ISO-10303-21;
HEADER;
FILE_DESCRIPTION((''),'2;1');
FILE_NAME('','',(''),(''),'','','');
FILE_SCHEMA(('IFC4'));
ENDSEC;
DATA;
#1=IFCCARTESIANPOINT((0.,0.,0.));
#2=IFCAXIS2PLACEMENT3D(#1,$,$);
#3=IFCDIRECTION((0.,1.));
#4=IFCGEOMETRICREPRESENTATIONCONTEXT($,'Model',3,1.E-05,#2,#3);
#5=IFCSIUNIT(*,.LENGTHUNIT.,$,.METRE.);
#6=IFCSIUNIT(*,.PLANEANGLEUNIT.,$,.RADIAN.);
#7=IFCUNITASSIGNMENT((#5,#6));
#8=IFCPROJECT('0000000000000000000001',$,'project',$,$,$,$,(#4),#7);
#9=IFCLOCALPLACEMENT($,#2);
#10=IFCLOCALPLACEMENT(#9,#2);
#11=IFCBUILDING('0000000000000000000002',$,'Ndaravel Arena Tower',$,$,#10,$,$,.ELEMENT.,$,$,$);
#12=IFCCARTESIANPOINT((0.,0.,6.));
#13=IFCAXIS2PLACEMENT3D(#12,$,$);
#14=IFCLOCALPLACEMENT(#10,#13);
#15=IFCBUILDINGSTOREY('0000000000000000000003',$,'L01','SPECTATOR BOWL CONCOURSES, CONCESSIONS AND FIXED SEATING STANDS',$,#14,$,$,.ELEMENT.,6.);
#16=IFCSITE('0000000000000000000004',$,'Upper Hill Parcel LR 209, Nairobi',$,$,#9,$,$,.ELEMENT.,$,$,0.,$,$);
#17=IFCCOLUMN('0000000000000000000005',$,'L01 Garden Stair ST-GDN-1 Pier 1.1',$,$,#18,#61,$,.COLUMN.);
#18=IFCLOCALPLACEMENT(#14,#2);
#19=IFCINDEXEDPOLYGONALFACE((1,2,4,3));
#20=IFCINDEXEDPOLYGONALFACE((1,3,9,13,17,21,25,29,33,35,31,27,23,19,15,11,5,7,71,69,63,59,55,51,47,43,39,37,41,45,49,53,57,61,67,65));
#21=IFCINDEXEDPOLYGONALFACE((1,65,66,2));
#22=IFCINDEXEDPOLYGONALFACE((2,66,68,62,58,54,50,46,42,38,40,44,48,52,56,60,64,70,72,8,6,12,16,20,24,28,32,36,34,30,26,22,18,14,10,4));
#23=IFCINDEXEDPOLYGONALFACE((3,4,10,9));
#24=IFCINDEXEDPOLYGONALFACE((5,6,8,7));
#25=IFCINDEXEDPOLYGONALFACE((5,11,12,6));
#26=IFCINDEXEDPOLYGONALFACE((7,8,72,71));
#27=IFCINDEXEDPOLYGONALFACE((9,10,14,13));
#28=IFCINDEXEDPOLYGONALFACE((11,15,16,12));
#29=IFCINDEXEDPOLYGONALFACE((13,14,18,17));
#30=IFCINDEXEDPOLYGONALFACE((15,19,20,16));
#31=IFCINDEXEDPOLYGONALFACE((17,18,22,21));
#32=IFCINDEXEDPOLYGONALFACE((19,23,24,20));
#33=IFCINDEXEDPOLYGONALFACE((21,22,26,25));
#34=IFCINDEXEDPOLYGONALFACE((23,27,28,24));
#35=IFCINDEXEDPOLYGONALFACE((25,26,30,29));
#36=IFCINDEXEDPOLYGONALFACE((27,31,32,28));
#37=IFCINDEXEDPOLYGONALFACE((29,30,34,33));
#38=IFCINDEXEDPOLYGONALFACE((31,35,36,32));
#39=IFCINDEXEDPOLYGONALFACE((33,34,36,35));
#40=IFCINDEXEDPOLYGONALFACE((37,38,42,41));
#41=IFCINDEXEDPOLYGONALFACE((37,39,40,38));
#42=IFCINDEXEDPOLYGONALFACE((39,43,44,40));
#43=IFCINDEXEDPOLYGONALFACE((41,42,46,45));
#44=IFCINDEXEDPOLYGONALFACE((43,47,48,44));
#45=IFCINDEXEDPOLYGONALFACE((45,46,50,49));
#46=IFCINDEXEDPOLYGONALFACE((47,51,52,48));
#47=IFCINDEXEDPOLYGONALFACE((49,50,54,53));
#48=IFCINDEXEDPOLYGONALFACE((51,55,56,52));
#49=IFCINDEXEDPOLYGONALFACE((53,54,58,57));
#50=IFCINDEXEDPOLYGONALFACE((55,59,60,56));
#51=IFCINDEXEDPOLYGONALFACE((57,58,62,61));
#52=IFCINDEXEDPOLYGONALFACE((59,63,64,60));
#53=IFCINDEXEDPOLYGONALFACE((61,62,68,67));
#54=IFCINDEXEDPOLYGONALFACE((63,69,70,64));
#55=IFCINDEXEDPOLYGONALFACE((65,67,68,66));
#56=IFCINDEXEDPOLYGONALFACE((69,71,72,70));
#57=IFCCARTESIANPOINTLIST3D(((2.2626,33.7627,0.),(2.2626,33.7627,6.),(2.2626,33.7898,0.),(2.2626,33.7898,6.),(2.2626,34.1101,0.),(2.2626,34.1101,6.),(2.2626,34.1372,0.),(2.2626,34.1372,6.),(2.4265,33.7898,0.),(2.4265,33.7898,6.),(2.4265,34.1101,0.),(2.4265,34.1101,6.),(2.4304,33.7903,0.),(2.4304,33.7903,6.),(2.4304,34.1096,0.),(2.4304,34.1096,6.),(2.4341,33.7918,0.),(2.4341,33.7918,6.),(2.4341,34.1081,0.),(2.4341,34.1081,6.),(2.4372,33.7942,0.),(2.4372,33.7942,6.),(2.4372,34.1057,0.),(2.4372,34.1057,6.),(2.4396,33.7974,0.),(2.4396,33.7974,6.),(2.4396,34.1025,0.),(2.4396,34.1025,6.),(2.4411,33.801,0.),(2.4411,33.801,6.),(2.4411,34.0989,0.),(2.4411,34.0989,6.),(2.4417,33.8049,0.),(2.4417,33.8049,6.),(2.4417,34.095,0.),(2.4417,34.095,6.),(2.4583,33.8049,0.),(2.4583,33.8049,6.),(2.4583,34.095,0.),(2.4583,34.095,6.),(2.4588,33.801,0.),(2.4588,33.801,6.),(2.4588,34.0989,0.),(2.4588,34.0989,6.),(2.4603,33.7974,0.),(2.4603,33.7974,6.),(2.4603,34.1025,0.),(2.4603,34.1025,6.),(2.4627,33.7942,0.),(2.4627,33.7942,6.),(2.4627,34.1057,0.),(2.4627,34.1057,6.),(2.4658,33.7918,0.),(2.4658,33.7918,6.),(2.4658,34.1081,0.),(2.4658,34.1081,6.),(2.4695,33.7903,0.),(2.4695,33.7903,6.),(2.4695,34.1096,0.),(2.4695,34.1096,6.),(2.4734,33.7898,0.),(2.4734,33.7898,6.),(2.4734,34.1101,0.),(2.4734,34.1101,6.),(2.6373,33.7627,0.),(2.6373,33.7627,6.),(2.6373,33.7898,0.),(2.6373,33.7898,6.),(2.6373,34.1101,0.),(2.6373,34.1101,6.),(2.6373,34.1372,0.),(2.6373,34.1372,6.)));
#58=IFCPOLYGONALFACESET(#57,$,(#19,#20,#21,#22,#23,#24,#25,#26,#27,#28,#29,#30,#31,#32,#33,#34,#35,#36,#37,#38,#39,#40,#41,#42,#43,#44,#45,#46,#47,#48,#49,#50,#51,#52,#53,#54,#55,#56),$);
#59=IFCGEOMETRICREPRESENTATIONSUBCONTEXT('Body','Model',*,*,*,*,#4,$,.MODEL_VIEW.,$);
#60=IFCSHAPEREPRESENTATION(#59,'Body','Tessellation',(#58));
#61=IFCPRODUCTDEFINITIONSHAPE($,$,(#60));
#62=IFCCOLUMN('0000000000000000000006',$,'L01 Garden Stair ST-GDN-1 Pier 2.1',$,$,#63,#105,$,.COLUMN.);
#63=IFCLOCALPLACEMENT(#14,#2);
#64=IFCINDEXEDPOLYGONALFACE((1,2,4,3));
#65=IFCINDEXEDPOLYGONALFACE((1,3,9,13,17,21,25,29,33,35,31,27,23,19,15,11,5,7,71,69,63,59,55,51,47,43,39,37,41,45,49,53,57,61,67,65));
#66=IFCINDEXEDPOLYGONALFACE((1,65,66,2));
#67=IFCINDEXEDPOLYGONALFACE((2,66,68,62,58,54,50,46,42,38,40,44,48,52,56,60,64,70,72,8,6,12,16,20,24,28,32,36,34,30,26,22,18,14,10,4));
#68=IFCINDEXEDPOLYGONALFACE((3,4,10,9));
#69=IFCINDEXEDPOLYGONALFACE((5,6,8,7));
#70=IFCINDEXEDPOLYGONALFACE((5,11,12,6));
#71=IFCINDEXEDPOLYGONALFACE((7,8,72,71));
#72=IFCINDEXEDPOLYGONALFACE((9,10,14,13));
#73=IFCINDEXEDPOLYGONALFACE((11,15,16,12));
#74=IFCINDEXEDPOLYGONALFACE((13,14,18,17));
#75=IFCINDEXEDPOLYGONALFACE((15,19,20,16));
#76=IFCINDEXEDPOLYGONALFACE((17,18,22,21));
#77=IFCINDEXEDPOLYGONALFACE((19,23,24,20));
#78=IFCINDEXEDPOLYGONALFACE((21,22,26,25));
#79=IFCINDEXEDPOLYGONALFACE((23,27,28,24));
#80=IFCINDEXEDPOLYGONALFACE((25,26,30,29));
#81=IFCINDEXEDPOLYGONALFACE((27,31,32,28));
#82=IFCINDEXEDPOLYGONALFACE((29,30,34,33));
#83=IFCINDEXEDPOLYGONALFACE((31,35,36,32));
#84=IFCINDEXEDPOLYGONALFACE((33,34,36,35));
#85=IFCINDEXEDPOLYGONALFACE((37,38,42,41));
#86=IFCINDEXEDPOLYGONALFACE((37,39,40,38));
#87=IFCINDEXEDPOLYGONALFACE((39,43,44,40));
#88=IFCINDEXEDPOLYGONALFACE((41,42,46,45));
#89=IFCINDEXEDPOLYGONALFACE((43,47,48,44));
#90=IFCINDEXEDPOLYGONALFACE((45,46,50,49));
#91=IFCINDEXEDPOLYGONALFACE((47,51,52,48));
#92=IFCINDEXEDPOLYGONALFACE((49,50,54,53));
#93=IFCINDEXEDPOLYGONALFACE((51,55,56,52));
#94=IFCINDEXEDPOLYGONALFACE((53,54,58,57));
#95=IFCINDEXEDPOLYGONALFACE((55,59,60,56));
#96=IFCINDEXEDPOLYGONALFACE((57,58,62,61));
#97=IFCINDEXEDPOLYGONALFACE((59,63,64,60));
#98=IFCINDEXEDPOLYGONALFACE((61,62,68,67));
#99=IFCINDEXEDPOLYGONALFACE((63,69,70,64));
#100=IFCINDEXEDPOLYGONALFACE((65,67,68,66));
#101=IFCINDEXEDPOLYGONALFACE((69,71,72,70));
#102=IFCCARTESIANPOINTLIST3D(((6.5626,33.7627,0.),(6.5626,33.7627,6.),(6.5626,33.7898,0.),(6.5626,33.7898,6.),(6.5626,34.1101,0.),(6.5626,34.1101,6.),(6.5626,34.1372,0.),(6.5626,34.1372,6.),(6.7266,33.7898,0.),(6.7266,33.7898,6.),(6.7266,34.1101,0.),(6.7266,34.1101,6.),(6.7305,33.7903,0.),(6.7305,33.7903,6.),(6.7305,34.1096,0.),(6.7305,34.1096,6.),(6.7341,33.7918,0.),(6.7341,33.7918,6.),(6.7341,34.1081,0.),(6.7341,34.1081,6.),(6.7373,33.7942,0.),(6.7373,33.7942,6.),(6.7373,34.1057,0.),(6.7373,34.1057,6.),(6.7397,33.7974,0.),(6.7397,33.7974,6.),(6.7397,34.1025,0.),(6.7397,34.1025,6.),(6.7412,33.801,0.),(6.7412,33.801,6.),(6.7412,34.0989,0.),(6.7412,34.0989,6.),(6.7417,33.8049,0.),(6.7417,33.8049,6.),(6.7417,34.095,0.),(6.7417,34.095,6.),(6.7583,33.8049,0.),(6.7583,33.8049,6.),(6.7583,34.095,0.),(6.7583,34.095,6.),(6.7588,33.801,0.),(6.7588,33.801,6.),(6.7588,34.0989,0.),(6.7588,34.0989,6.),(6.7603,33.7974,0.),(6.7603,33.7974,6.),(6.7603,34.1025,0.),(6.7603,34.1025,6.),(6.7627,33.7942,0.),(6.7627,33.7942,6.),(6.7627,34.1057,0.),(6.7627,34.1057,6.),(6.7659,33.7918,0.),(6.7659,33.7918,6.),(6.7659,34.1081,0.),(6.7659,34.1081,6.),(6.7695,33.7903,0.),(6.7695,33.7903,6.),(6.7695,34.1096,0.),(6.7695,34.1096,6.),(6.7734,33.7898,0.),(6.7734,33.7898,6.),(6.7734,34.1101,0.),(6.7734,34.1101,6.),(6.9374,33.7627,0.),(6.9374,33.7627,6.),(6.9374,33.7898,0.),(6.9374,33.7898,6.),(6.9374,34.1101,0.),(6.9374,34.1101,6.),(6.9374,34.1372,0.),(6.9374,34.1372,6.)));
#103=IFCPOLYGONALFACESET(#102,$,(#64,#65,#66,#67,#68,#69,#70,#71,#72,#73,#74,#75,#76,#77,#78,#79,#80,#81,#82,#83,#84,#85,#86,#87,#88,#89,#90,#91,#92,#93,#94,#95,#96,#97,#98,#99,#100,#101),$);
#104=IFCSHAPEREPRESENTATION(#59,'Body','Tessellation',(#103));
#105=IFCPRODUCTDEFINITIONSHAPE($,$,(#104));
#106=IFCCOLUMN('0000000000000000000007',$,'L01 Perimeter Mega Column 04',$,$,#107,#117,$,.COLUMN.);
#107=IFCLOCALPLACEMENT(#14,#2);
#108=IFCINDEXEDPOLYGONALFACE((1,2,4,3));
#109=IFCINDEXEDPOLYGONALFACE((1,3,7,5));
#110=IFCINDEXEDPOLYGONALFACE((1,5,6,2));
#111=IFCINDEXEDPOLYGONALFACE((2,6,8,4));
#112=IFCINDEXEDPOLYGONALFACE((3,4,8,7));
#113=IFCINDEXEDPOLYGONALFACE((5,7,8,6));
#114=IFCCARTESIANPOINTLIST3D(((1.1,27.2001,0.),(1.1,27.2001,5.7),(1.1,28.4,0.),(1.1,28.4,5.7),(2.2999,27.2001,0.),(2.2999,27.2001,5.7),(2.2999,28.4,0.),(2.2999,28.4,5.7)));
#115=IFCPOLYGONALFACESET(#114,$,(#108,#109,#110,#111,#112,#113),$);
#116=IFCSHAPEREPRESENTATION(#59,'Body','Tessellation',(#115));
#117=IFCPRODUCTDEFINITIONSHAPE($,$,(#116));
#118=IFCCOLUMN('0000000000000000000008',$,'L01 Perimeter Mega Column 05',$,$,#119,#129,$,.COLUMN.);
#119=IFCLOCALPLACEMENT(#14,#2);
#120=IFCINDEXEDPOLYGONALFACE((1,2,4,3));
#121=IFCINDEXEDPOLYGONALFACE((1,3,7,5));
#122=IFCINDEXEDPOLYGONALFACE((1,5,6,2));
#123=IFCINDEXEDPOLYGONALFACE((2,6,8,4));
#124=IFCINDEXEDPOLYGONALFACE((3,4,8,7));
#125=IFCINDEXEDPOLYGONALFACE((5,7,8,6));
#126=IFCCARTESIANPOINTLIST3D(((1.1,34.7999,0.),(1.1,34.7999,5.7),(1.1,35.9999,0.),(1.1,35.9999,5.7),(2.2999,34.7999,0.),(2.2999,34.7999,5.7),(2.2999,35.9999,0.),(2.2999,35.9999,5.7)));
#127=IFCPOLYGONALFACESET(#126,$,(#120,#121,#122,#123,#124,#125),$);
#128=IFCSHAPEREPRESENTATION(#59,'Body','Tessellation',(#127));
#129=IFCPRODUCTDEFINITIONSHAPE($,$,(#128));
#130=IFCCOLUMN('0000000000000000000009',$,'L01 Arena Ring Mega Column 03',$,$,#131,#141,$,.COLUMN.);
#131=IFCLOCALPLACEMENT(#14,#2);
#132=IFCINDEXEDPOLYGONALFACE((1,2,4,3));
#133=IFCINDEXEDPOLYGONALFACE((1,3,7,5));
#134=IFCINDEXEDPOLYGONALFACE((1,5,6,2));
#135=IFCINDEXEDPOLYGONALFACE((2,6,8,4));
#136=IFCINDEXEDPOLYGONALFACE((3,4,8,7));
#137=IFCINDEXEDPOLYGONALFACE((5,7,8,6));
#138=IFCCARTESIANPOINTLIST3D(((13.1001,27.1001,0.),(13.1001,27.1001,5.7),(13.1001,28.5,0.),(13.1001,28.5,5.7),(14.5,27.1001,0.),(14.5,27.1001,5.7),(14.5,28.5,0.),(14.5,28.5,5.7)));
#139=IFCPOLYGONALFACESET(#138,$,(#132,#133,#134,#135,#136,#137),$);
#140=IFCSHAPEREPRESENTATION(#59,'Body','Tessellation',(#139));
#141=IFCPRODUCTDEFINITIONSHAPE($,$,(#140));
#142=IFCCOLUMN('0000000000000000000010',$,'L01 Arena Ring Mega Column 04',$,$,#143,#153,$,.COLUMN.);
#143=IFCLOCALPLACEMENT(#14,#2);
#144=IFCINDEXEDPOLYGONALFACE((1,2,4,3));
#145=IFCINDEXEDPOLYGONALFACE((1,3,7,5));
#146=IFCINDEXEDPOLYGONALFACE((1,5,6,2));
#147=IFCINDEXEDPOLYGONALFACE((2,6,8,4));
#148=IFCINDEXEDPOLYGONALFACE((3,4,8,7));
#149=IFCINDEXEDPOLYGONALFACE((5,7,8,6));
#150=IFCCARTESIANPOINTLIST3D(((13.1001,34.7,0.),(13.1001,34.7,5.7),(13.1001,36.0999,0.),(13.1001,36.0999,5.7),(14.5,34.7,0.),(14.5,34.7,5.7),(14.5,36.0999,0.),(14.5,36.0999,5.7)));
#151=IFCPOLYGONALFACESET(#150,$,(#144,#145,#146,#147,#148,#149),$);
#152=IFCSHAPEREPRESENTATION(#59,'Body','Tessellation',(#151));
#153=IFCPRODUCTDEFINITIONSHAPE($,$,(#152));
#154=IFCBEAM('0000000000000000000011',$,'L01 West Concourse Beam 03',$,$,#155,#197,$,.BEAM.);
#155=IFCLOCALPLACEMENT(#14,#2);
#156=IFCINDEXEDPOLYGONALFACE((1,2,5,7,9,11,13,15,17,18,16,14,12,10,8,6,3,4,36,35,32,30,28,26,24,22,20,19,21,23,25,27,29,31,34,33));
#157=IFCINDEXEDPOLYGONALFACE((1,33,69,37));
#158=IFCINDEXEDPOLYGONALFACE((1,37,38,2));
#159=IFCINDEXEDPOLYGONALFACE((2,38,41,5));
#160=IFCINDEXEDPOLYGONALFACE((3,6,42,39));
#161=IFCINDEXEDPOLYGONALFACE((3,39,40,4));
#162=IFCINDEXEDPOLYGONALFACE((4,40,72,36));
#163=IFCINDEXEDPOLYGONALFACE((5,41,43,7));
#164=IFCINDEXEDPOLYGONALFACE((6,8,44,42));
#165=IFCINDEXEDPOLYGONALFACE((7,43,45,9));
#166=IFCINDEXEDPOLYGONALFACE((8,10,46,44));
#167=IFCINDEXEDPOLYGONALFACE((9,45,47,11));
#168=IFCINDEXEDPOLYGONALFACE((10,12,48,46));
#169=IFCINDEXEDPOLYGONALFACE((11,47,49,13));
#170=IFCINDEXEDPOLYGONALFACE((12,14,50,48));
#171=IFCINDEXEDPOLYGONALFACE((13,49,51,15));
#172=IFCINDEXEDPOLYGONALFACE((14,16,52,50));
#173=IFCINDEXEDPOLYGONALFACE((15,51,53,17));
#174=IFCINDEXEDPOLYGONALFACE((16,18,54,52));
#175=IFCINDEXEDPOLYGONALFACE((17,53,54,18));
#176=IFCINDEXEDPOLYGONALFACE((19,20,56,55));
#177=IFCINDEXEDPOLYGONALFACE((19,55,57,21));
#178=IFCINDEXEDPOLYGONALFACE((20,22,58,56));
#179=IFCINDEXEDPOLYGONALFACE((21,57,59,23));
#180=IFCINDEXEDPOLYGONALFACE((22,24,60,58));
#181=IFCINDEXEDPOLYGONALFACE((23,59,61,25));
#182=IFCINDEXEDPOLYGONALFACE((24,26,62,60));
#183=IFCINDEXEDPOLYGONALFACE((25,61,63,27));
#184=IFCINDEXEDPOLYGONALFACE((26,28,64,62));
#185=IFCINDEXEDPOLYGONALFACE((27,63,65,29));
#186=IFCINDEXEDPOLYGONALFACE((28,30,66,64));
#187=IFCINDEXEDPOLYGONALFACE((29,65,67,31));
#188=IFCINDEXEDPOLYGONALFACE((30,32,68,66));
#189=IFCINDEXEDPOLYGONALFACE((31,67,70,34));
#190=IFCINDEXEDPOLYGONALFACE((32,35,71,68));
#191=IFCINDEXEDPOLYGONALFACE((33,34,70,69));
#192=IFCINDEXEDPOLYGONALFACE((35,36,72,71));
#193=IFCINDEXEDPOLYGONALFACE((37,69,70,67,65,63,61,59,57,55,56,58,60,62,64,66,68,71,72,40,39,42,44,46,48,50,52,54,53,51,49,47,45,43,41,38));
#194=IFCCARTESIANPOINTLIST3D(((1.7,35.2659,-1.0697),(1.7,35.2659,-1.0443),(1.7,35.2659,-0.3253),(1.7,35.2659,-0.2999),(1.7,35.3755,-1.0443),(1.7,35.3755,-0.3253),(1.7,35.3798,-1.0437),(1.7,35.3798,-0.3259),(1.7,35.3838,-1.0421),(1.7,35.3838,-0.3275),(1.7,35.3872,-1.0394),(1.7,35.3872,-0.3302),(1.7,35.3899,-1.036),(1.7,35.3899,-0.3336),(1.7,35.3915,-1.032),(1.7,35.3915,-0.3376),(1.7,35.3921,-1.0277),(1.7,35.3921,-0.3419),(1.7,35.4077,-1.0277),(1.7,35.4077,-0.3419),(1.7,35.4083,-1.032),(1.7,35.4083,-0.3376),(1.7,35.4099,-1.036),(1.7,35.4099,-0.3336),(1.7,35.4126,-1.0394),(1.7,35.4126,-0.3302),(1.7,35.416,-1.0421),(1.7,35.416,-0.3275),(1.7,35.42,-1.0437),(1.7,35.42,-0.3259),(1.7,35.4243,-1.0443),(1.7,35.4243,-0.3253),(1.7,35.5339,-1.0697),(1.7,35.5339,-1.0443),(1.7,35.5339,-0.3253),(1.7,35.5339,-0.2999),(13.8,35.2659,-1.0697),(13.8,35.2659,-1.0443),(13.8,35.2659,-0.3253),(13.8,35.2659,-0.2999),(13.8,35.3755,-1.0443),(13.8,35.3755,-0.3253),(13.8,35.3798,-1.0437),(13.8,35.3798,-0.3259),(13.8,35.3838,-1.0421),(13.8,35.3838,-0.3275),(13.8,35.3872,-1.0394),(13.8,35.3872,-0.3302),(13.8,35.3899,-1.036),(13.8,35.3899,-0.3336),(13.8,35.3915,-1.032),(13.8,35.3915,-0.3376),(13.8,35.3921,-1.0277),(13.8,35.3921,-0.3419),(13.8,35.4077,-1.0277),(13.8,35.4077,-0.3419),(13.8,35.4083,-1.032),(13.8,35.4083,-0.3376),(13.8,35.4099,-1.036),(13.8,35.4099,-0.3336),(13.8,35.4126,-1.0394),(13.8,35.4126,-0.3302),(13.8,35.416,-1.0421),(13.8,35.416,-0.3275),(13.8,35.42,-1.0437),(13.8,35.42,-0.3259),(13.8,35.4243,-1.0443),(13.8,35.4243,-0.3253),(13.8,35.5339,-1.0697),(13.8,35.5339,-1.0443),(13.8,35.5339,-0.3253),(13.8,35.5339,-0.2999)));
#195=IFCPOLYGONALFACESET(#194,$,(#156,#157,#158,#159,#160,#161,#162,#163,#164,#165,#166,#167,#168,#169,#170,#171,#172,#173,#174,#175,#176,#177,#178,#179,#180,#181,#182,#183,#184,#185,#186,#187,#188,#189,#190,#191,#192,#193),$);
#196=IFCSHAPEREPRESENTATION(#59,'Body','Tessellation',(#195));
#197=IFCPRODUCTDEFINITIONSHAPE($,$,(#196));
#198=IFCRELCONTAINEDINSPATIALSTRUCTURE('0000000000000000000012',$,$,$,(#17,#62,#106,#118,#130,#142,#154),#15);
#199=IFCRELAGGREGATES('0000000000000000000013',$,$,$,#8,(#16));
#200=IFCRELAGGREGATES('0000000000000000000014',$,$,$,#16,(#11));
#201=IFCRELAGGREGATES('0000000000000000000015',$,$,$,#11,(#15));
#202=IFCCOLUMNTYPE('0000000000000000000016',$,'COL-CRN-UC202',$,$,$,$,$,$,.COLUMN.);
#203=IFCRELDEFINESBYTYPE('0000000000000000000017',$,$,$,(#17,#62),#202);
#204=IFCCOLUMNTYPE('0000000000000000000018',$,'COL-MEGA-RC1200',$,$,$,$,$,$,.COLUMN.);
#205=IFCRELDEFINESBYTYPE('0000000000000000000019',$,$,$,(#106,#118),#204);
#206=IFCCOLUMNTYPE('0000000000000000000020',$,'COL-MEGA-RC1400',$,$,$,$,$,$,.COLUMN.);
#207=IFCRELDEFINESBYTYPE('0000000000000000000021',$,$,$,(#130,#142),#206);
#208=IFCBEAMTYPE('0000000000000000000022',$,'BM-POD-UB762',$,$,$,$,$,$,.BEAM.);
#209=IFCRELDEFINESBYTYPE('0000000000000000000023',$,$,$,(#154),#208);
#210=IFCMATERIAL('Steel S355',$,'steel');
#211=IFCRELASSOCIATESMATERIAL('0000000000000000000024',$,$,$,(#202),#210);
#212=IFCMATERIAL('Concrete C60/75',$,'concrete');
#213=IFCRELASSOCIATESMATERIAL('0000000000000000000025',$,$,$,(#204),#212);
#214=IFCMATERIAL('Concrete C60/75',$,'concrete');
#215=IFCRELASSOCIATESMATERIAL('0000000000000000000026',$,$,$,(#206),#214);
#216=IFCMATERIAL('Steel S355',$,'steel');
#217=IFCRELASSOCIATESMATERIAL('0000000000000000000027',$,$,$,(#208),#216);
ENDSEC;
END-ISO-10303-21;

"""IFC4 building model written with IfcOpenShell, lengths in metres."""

from ifc_helpers import new_model, si_unit, direction, frame, origin, origin_2d, place, context, subcontext, project, spatial, rectangle, i_section, extrude, material, material_profile, profile_set, type_object, element, save


model = new_model("IFC4")

# Units and contexts
model_context = context("Model", 3, precision=1e-05, world=origin(), true_north=direction((0.0, 1.0)))
body_context = subcontext(model_context, "Body", "Model", "MODEL_VIEW")
ifc_project = project(units=[si_unit("LENGTHUNIT", "METRE"), si_unit("PLANEANGLEUNIT", "RADIAN")], contexts=[model_context])

# Site, building, storey
site_placement = place(None, origin())
site = spatial("IfcSite", under=ifc_project, at=site_placement, Name="Upper Hill Parcel LR 209, Nairobi", CompositionType="ELEMENT", RefElevation=0.0)
building_placement = place(site_placement, origin())
building = spatial("IfcBuilding", under=site, at=building_placement, Name="Ndaravel Arena Tower", CompositionType="ELEMENT")
storey_placement = place(building_placement, frame((0.0, 0.0, 6.0)))
storey = spatial("IfcBuildingStorey", under=building, at=storey_placement, Name="L01", Description="SPECTATOR BOWL CONCOURSES, CONCESSIONS AND FIXED SEATING STANDS", CompositionType="ELEMENT", Elevation=6.0)

# Columns
ifc_material_1 = material(Name="Steel S355", Category="steel")
ifc_material_profile_1 = material_profile(ifc_material_1, i_section(OverallWidth=0.3748, OverallDepth=0.3745, WebThickness=0.0166, FlangeThickness=0.0271, FilletRadius=0.0151, at=origin_2d()), Name="UC 356x368x202")
ifc_profile_set_1 = profile_set([ifc_material_profile_1], Name="Steel S355")
column_type_1 = type_object("IfcColumnType", Name="COL-CRN-UC202", PredefinedType="COLUMN", material=ifc_profile_set_1)
for number, where, z_axis, x_axis, name in (
    (1, (2.45, 33.95, 0.0), (0.0, 0.0, 1.0), (1.0, 0.0, 0.0), "L01 Garden Stair ST-GDN-1 Pier 1.1"),
    (2, (6.75, 33.95, 0.0), (0.0, 0.0, 1.0), (1.0, 0.0, 0.0), "L01 Garden Stair ST-GDN-1 Pier 2.1"),
):
    element("IfcColumn", number, at=place(storey_placement, frame(where, z_axis=z_axis, x_axis=x_axis)), inside=storey, type_object=column_type_1, Name=name, PredefinedType="COLUMN", context=body_context, shape_type="SweptSolid", body=[
        extrude(i_section(OverallWidth=0.3748, OverallDepth=0.3745, WebThickness=0.0166, FlangeThickness=0.0271, FilletRadius=0.0151, at=origin_2d()), origin(), (0.0, 0.0, 1.0), 6.0),
    ])
ifc_material_2 = material(Name="Concrete C60/75", Category="concrete")
ifc_material_profile_2 = material_profile(ifc_material_2, rectangle(XDim=1.2, YDim=1.2, at=origin_2d()), Name="RC 1200x1200")
ifc_profile_set_2 = profile_set([ifc_material_profile_2], Name="Concrete C60/75")
column_type_2 = type_object("IfcColumnType", Name="COL-MEGA-RC1200", PredefinedType="COLUMN", material=ifc_profile_set_2)
for number, where, z_axis, x_axis, name in (
    (3, (1.7, 27.8, 0.0), (0.0, 0.0, 1.0), (1.0, 0.0, 0.0), "L01 Perimeter Mega Column 04"),
    (4, (1.7, 35.3999, 0.0), (0.0, 0.0, 1.0), (1.0, 0.0, 0.0), "L01 Perimeter Mega Column 05"),
):
    element("IfcColumn", number, at=place(storey_placement, frame(where, z_axis=z_axis, x_axis=x_axis)), inside=storey, type_object=column_type_2, Name=name, PredefinedType="COLUMN", context=body_context, shape_type="SweptSolid", body=[
        extrude(rectangle(XDim=1.2, YDim=1.2, at=origin_2d()), origin(), (0.0, 0.0, 1.0), 5.7),
    ])
ifc_material_3 = material(Name="Concrete C60/75", Category="concrete")
ifc_material_profile_3 = material_profile(ifc_material_3, rectangle(XDim=1.3999, YDim=1.3999, at=origin_2d()), Name="RC 1400x1400")
ifc_profile_set_3 = profile_set([ifc_material_profile_3], Name="Concrete C60/75")
column_type_3 = type_object("IfcColumnType", Name="COL-MEGA-RC1400", PredefinedType="COLUMN", material=ifc_profile_set_3)
for number, where, z_axis, x_axis, name in (
    (5, (13.8, 27.8, 0.0), (0.0, 0.0, 1.0), (1.0, 0.0, 0.0), "L01 Arena Ring Mega Column 03"),
    (6, (13.8, 35.3999, 0.0), (0.0, 0.0, 1.0), (1.0, 0.0, 0.0), "L01 Arena Ring Mega Column 04"),
):
    element("IfcColumn", number, at=place(storey_placement, frame(where, z_axis=z_axis, x_axis=x_axis)), inside=storey, type_object=column_type_3, Name=name, PredefinedType="COLUMN", context=body_context, shape_type="SweptSolid", body=[
        extrude(rectangle(XDim=1.3999, YDim=1.3999, at=origin_2d()), origin(), (0.0, 0.0, 1.0), 5.7),
    ])

# Beam
ifc_material_4 = material(Name="Steel S355", Category="steel")
ifc_material_profile_4 = material_profile(ifc_material_4, i_section(OverallWidth=0.2681, OverallDepth=0.7698, WebThickness=0.0156, FlangeThickness=0.0254, FilletRadius=0.0166, at=origin_2d()), Name="UB 762x267x197")
ifc_profile_set_4 = profile_set([ifc_material_profile_4], Name="Steel S355")
beam_type = type_object("IfcBeamType", Name="BM-POD-UB762", PredefinedType="BEAM", material=ifc_profile_set_4)
beam_placement = place(storey_placement, frame((1.7, 35.3999, -0.6848), z_axis=(1.0, 0.0, 0.0), x_axis=(0.0, 1.0, 0.0)))
element("IfcBeam", 7, at=beam_placement, inside=storey, type_object=beam_type, Name="L01 West Concourse Beam 03", PredefinedType="BEAM", context=body_context, shape_type="SweptSolid", body=[
    extrude(i_section(OverallWidth=0.2681, OverallDepth=0.7698, WebThickness=0.0156, FlangeThickness=0.0254, FilletRadius=0.0166, at=origin_2d()), origin(), (0.0, 0.0, 1.0), 12.1001),
])

save(model, "model.ifc")
